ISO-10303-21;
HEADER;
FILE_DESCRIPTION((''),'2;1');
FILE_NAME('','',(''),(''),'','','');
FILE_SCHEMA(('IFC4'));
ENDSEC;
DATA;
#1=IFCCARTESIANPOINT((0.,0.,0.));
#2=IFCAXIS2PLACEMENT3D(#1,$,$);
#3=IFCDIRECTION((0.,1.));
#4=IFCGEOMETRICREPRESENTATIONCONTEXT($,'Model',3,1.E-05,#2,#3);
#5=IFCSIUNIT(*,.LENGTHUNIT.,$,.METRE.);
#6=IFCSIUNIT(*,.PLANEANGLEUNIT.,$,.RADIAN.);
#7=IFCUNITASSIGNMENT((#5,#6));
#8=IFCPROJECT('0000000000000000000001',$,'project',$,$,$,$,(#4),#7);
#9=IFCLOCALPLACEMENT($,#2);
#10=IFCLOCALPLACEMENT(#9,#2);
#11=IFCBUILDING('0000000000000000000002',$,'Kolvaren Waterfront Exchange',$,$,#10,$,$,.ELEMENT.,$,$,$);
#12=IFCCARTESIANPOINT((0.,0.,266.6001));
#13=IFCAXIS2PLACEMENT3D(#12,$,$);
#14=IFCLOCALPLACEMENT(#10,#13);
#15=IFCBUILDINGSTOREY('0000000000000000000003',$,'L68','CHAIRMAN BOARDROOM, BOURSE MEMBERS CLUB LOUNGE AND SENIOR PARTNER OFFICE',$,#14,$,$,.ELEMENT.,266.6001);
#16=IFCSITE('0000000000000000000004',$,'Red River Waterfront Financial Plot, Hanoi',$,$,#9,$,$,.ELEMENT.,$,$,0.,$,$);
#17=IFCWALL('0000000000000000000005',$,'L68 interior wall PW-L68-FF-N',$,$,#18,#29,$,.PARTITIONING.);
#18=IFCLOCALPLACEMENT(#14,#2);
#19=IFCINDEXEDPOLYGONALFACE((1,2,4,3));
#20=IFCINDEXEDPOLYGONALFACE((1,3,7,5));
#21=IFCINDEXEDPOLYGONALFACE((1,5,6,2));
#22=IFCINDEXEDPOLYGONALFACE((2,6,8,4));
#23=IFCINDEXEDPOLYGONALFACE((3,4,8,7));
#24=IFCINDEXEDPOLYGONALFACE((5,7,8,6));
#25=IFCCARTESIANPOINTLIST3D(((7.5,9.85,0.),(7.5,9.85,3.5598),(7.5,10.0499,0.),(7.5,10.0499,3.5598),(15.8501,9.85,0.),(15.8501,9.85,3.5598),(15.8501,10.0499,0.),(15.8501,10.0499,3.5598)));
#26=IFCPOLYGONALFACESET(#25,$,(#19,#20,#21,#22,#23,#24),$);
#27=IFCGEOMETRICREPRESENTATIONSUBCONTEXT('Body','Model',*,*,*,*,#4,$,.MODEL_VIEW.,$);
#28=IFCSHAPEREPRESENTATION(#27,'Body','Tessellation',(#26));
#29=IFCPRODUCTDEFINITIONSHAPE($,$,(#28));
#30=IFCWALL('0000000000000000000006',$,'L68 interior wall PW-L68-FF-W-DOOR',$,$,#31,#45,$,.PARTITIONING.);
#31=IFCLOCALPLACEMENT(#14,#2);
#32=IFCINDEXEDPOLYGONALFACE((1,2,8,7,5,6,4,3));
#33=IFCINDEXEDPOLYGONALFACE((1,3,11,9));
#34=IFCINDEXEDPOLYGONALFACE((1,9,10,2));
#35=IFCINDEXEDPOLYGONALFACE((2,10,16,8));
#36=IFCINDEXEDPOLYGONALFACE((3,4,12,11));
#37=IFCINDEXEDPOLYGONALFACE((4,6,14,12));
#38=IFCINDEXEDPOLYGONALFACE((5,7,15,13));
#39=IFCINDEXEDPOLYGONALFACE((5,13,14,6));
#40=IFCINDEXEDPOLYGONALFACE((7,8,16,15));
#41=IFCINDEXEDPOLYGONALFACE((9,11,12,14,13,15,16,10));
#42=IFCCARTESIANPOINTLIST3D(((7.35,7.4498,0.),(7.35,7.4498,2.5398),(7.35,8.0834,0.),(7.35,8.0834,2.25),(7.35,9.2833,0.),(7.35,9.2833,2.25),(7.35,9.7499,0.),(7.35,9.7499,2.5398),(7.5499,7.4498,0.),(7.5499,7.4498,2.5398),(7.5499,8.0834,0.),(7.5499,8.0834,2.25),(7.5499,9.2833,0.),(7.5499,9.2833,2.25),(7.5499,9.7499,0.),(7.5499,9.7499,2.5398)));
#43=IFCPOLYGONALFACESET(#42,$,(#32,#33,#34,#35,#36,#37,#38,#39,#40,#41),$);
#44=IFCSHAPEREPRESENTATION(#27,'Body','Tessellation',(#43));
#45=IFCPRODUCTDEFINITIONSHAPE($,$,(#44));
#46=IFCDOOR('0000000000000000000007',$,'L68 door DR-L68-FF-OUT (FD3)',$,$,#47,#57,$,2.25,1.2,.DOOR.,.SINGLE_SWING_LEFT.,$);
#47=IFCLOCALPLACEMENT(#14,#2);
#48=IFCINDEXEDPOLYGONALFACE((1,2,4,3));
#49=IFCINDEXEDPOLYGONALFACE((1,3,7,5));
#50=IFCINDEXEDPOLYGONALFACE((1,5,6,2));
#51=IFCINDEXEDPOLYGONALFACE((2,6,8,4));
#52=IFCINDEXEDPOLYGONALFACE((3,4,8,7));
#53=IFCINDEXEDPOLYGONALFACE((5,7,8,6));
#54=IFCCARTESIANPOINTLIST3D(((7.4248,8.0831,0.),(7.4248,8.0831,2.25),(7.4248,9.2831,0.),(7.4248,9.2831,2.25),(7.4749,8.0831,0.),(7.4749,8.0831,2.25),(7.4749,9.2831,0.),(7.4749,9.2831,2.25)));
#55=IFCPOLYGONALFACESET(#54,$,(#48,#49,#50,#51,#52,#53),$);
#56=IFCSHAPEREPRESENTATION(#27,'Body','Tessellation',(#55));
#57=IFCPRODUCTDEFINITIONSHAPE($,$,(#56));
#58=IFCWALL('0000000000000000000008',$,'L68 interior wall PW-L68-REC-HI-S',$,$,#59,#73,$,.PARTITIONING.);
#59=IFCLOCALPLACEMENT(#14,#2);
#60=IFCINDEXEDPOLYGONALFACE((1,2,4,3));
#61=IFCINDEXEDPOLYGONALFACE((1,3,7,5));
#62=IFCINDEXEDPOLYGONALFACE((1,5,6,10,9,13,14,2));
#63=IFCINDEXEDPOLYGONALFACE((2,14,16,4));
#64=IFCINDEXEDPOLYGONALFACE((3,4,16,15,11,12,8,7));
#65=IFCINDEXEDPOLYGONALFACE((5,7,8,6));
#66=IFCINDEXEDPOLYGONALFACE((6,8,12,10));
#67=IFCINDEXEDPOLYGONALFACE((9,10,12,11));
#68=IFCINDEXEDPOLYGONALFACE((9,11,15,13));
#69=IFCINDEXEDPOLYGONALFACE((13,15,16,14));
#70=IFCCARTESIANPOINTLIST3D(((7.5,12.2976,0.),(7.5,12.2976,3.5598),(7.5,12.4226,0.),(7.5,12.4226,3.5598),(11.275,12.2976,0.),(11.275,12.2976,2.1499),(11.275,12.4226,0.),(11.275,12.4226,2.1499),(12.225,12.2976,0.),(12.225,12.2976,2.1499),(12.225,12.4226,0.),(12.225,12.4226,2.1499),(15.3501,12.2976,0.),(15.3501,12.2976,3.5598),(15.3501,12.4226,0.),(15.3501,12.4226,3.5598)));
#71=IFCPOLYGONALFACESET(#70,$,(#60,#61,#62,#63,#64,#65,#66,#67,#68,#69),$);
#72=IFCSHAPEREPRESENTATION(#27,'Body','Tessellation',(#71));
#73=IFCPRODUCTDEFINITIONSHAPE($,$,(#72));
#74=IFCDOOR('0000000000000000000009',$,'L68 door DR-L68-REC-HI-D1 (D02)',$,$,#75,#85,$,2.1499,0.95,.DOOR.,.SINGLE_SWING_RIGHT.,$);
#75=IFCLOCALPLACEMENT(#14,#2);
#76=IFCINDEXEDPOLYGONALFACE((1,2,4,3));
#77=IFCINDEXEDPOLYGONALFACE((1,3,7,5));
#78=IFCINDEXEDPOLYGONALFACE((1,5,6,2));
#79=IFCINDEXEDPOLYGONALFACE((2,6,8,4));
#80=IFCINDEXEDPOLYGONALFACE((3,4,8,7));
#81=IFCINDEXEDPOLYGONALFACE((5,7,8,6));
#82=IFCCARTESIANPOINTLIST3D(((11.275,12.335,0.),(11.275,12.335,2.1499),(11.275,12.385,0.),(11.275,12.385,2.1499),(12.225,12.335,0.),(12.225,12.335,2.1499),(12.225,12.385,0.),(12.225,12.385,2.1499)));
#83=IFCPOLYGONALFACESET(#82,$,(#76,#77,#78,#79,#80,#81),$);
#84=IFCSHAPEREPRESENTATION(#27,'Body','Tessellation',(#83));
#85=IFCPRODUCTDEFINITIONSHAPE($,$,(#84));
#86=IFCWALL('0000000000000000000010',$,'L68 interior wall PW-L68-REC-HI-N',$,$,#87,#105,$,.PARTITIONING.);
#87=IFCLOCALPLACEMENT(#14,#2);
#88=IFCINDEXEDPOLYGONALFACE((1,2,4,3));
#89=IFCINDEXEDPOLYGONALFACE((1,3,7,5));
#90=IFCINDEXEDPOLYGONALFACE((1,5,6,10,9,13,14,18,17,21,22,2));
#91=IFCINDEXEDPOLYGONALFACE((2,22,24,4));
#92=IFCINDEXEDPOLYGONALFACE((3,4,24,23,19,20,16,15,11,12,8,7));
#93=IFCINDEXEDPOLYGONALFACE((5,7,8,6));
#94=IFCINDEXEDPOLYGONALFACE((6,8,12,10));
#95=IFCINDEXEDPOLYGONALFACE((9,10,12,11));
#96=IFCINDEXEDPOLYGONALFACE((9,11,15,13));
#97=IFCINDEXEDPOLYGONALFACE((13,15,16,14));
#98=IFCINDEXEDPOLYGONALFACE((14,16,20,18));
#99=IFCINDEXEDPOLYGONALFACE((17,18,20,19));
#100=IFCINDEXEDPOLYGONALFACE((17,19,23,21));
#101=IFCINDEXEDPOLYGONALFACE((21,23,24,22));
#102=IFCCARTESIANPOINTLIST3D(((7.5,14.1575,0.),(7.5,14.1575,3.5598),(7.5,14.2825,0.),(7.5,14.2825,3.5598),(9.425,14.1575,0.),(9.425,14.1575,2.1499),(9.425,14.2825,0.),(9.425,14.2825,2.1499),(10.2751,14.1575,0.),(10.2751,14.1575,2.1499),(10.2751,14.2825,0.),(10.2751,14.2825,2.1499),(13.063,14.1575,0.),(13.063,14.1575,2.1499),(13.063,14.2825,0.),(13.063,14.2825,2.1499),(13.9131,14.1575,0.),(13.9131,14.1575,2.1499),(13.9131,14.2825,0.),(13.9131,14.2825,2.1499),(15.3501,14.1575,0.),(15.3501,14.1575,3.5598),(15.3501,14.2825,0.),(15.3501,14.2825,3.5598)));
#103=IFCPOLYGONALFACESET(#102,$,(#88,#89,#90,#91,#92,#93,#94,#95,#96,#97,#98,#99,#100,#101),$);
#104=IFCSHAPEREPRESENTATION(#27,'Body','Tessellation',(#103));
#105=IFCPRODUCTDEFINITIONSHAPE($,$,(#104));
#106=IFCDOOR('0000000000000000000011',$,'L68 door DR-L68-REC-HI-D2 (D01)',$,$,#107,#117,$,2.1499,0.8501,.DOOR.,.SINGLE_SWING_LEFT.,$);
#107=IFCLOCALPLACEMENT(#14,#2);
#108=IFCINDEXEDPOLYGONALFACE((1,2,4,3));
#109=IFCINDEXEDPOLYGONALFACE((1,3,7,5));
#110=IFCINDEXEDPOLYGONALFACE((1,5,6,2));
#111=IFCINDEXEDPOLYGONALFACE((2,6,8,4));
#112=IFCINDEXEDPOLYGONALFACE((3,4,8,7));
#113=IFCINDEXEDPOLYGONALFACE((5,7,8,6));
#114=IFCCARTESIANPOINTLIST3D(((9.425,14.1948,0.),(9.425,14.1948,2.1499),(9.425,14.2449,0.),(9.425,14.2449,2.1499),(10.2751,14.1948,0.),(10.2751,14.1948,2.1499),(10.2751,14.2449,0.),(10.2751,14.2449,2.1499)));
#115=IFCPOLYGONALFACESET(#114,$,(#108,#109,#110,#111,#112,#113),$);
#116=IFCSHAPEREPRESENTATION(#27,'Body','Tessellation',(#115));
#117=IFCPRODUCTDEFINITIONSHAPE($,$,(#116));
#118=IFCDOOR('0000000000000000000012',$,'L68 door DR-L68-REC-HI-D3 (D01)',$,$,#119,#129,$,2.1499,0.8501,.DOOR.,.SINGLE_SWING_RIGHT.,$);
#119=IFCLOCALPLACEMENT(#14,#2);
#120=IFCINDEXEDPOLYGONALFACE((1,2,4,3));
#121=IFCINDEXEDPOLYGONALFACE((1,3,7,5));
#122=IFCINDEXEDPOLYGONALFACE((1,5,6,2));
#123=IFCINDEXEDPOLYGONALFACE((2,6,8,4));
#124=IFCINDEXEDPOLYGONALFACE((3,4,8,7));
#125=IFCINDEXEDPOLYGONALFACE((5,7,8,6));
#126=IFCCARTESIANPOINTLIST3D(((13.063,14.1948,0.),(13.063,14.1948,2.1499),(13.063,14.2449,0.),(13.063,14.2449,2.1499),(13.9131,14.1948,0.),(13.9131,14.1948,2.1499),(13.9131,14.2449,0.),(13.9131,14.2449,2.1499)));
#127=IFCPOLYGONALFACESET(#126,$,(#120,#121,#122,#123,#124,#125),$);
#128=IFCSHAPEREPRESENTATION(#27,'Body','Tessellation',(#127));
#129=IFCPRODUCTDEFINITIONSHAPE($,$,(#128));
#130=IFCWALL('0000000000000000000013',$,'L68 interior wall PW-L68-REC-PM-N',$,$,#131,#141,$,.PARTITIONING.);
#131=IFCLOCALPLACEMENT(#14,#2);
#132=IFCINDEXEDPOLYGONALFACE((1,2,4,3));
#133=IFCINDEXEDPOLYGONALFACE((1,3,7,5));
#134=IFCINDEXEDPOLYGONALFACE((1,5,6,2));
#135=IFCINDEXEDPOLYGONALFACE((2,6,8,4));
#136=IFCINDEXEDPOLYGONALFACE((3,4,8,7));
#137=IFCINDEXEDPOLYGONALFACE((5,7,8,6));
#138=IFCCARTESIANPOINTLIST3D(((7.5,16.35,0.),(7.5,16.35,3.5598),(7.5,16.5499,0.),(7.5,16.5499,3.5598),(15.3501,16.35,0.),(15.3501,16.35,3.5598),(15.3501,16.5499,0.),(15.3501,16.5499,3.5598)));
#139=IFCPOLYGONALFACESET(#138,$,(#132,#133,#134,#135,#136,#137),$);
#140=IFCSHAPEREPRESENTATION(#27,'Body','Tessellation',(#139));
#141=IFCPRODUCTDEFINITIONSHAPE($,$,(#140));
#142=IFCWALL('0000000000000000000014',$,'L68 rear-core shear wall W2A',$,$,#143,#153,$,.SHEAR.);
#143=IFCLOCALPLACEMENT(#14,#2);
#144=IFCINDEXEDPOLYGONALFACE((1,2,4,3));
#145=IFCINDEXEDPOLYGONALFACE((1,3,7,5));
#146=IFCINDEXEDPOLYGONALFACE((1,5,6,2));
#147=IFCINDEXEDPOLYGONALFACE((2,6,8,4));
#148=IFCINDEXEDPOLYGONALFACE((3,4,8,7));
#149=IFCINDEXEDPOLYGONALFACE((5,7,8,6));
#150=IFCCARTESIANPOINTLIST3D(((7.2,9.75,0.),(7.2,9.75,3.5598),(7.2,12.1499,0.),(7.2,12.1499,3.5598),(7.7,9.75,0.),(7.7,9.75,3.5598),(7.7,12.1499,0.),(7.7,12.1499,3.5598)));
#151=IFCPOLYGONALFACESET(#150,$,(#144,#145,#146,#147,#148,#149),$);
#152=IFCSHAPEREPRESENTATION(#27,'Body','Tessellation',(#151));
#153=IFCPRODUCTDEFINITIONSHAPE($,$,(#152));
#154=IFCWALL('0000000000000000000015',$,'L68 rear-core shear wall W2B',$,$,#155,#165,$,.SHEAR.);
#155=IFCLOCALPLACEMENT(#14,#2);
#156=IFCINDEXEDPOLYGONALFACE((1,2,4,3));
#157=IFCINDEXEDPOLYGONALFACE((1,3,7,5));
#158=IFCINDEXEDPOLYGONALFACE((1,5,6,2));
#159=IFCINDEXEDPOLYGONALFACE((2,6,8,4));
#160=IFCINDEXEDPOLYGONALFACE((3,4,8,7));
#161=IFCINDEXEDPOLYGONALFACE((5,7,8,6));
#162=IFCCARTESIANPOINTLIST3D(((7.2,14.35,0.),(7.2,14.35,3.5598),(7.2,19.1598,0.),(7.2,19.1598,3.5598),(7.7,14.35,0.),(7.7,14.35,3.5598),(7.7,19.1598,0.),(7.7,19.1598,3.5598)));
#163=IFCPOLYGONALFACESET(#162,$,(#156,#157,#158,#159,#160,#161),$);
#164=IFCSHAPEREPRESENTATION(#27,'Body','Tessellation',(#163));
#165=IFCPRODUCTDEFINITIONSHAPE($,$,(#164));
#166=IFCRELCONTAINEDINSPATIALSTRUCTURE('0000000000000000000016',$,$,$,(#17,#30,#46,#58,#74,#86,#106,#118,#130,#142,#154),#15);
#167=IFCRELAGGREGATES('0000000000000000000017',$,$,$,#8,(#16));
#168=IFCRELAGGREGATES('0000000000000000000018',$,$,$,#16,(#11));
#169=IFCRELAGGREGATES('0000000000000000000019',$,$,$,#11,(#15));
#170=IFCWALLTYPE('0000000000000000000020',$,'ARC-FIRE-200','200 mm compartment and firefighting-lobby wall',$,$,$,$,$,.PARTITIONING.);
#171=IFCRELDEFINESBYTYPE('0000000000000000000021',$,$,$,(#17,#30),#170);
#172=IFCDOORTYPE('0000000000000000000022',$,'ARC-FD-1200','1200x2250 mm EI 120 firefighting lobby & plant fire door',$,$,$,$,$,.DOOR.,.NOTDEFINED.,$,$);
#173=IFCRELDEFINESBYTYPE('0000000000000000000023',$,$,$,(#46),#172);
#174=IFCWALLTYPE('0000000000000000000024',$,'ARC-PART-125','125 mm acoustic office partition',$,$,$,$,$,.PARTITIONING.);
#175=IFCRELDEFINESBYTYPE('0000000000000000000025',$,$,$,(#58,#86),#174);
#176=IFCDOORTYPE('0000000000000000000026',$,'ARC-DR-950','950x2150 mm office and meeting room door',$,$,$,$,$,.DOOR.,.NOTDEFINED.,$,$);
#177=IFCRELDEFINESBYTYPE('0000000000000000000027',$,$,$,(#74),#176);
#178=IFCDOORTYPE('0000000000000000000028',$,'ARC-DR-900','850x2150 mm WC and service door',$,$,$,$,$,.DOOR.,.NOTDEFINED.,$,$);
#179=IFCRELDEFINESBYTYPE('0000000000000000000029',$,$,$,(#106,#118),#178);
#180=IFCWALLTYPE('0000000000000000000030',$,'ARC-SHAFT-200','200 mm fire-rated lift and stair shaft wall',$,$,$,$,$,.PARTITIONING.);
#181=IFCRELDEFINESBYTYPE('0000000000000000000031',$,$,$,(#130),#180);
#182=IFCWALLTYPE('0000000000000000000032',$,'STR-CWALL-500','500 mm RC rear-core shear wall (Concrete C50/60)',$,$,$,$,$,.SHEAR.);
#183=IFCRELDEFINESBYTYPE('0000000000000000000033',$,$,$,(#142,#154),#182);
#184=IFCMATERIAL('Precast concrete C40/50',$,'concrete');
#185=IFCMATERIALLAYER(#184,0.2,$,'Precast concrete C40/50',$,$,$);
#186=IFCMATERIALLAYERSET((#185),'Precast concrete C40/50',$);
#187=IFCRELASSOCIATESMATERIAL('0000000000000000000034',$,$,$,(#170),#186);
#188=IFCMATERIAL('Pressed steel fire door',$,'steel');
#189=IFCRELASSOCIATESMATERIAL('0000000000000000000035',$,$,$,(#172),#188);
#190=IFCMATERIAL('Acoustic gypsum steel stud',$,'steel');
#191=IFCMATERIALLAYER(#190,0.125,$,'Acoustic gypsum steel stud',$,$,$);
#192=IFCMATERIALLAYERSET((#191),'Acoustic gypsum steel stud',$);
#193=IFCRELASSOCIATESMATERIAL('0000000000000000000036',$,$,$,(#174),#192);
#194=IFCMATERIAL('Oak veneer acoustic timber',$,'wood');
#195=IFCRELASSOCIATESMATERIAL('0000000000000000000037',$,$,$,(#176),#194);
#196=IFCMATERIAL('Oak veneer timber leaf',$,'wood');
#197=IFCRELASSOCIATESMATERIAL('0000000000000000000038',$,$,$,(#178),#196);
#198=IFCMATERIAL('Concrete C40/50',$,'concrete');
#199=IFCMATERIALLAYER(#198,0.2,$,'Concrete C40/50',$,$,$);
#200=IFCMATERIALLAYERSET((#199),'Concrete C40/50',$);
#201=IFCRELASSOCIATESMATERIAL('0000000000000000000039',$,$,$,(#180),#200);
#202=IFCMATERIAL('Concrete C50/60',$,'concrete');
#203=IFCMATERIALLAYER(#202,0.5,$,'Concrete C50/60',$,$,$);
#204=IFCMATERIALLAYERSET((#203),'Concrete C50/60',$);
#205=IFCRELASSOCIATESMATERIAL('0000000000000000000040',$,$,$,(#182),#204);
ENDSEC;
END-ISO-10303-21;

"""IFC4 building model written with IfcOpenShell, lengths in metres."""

from ifc_helpers import new_model, si_unit, direction, frame, frame_2d, origin, place, context, subcontext, project, spatial, rectangle, extrude, material, layer, layer_set, type_object, element, fill, save


model = new_model("IFC4")

# Units and contexts
model_context = context("Model", 3, precision=1e-05, world=origin(), true_north=direction((0.0, 1.0)))
body_context = subcontext(model_context, "Body", "Model", "MODEL_VIEW")
ifc_project = project(units=[si_unit("LENGTHUNIT", "METRE"), si_unit("PLANEANGLEUNIT", "RADIAN")], contexts=[model_context])

# Site, building, storey
site_placement = place(None, origin())
site = spatial("IfcSite", under=ifc_project, at=site_placement, Name="Red River Waterfront Financial Plot, Hanoi", CompositionType="ELEMENT", RefElevation=0.0)
building_placement = place(site_placement, origin())
building = spatial("IfcBuilding", under=site, at=building_placement, Name="Kolvaren Waterfront Exchange", CompositionType="ELEMENT")
storey_placement = place(building_placement, frame((0.0, 0.0, 266.6001)))
storey = spatial("IfcBuildingStorey", under=building, at=storey_placement, Name="L68", Description="CHAIRMAN BOARDROOM, BOURSE MEMBERS CLUB LOUNGE AND SENIOR PARTNER OFFICE", CompositionType="ELEMENT", Elevation=266.6001)

# Wall
ifc_material_1 = material(Name="Precast concrete C40/50", Category="concrete")
ifc_layer_1 = layer(ifc_material_1, 0.2, Name="Precast concrete C40/50")
ifc_layer_set_1 = layer_set([ifc_layer_1], Name="Precast concrete C40/50")
wall_type_1 = type_object("IfcWallType", Name="ARC-FIRE-200", Description="200 mm compartment and firefighting-lobby wall", PredefinedType="PARTITIONING", material=ifc_layer_set_1)
wall_1_placement = place(storey_placement, frame((7.5, 9.95, 0.0), z_axis=(0.0, 0.0, 1.0), x_axis=(1.0, 0.0, 0.0)))
element("IfcWall", 1, at=wall_1_placement, inside=storey, type_object=wall_type_1, Name="L68 interior wall PW-L68-FF-N", PredefinedType="PARTITIONING", context=body_context, shape_type="SweptSolid", body=[
    extrude(rectangle(XDim=8.3501, YDim=0.2, at=frame_2d((4.175, 0.0))), origin(), (0.0, 0.0, 1.0), 3.5598),
])

# Walls, openings, doors
wall_2_placement = place(storey_placement, frame((7.45, 7.45, 0.0), z_axis=(0.0, 0.0, 1.0), x_axis=(0.0, 1.0, 0.0)))
wall_2 = element("IfcWall", 2, at=wall_2_placement, inside=storey, type_object=wall_type_1, Name="L68 interior wall PW-L68-FF-W-DOOR", PredefinedType="PARTITIONING", context=body_context, shape_type="SweptSolid", body=[
    extrude(rectangle(XDim=2.3, YDim=0.2, at=frame_2d((1.1499, 0.0))), origin(), (0.0, 0.0, 1.0), 2.5398),
])
opening_1_placement = place(wall_2_placement, frame((0.6333, 0.0, 0.0)))
opening_1 = element("IfcOpeningElement", 3, at=opening_1_placement, cuts=wall_2, PredefinedType="OPENING", context=body_context, shape_type="SweptSolid", body=[
    extrude(rectangle(XDim=1.2, YDim=2.25, at=frame_2d((0.6001, 1.125))), frame((0.0, 0.1099, 0.0), z_axis=(0.0, -1.0, 0.0), x_axis=(1.0, 0.0, 0.0)), (0.0, 0.0, 1.0), 0.22),
])
ifc_material_2 = material(Name="Pressed steel fire door", Category="steel")
door_type_1 = type_object("IfcDoorType", Name="ARC-FD-1200", Description="1200x2250 mm EI 120 firefighting lobby & plant fire door", OperationType="NOTDEFINED", PredefinedType="DOOR", material=ifc_material_2)
door_1_placement = place(opening_1_placement, frame((1.2, 0.0, 0.0), z_axis=(0.0, 0.0, 1.0), x_axis=(-1.0, 0.0, 0.0)))
door_1 = element("IfcDoor", 4, at=door_1_placement, inside=storey, type_object=door_type_1, Name="L68 door DR-L68-FF-OUT (FD3)", OperationType="SINGLE_SWING_LEFT", OverallHeight=2.25, OverallWidth=1.2, PredefinedType="DOOR", context=body_context, shape_type="SweptSolid", body=[
    extrude(rectangle(XDim=1.2, YDim=2.25, at=frame_2d((0.6001, 1.125))), frame((0.0, 0.0249, 0.0), z_axis=(0.0, -1.0, 0.0), x_axis=(1.0, 0.0, 0.0)), (0.0, 0.0, 1.0), 0.05),
])
fill(opening_1, door_1)
ifc_material_3 = material(Name="Acoustic gypsum steel stud", Category="steel")
ifc_layer_2 = layer(ifc_material_3, 0.125, Name="Acoustic gypsum steel stud")
ifc_layer_set_2 = layer_set([ifc_layer_2], Name="Acoustic gypsum steel stud")
wall_type_2 = type_object("IfcWallType", Name="ARC-PART-125", Description="125 mm acoustic office partition", PredefinedType="PARTITIONING", material=ifc_layer_set_2)
wall_3_placement = place(storey_placement, frame((7.5, 12.3601, 0.0), z_axis=(0.0, 0.0, 1.0), x_axis=(1.0, 0.0, 0.0)))
wall_3 = element("IfcWall", 5, at=wall_3_placement, inside=storey, type_object=wall_type_2, Name="L68 interior wall PW-L68-REC-HI-S", PredefinedType="PARTITIONING", context=body_context, shape_type="SweptSolid", body=[
    extrude(rectangle(XDim=7.8501, YDim=0.125, at=frame_2d((3.925, 0.0))), origin(), (0.0, 0.0, 1.0), 3.5598),
])
opening_2_placement = place(wall_3_placement, frame((3.7749, 0.0, 0.0)))
opening_2 = element("IfcOpeningElement", 6, at=opening_2_placement, cuts=wall_3, PredefinedType="OPENING", context=body_context, shape_type="SweptSolid", body=[
    extrude(rectangle(XDim=0.95, YDim=2.1499, at=frame_2d((0.4751, 1.075))), frame((0.0, 0.0725, 0.0), z_axis=(0.0, -1.0, 0.0), x_axis=(1.0, 0.0, 0.0)), (0.0, 0.0, 1.0), 0.145),
])
ifc_material_4 = material(Name="Oak veneer acoustic timber", Category="wood")
door_type_2 = type_object("IfcDoorType", Name="ARC-DR-950", Description="950x2150 mm office and meeting room door", OperationType="NOTDEFINED", PredefinedType="DOOR", material=ifc_material_4)
door_2_placement = place(opening_2_placement, origin())
door_2 = element("IfcDoor", 7, at=door_2_placement, inside=storey, type_object=door_type_2, Name="L68 door DR-L68-REC-HI-D1 (D02)", OperationType="SINGLE_SWING_RIGHT", OverallHeight=2.1499, OverallWidth=0.95, PredefinedType="DOOR", context=body_context, shape_type="SweptSolid", body=[
    extrude(rectangle(XDim=0.95, YDim=2.1499, at=frame_2d((0.4751, 1.075))), frame((0.0, 0.0249, 0.0), z_axis=(0.0, -1.0, 0.0), x_axis=(1.0, 0.0, 0.0)), (0.0, 0.0, 1.0), 0.05),
])
fill(opening_2, door_2)

# Wall, openings, doors
wall_4_placement = place(storey_placement, frame((7.5, 14.22, 0.0), z_axis=(0.0, 0.0, 1.0), x_axis=(1.0, 0.0, 0.0)))
wall_4 = element("IfcWall", 8, at=wall_4_placement, inside=storey, type_object=wall_type_2, Name="L68 interior wall PW-L68-REC-HI-N", PredefinedType="PARTITIONING", context=body_context, shape_type="SweptSolid", body=[
    extrude(rectangle(XDim=7.8501, YDim=0.125, at=frame_2d((3.925, 0.0))), origin(), (0.0, 0.0, 1.0), 3.5598),
])
opening_3_placement = place(wall_4_placement, frame((1.925, 0.0, 0.0)))
opening_3 = element("IfcOpeningElement", 9, at=opening_3_placement, cuts=wall_4, PredefinedType="OPENING", context=body_context, shape_type="SweptSolid", body=[
    extrude(rectangle(XDim=0.8501, YDim=2.1499, at=frame_2d((0.425, 1.075))), frame((0.0, 0.0725, 0.0), z_axis=(0.0, -1.0, 0.0), x_axis=(1.0, 0.0, 0.0)), (0.0, 0.0, 1.0), 0.145),
])
opening_4_placement = place(wall_4_placement, frame((5.563, 0.0, 0.0)))
opening_4 = element("IfcOpeningElement", 10, at=opening_4_placement, cuts=wall_4, PredefinedType="OPENING", context=body_context, shape_type="SweptSolid", body=[
    extrude(rectangle(XDim=0.8501, YDim=2.1499, at=frame_2d((0.425, 1.075))), frame((0.0, 0.0725, 0.0), z_axis=(0.0, -1.0, 0.0), x_axis=(1.0, 0.0, 0.0)), (0.0, 0.0, 1.0), 0.145),
])
ifc_material_5 = material(Name="Oak veneer timber leaf", Category="wood")
door_type_3 = type_object("IfcDoorType", Name="ARC-DR-900", Description="850x2150 mm WC and service door", OperationType="NOTDEFINED", PredefinedType="DOOR", material=ifc_material_5)
door_3_placement = place(opening_3_placement, origin())
door_3 = element("IfcDoor", 11, at=door_3_placement, inside=storey, type_object=door_type_3, Name="L68 door DR-L68-REC-HI-D2 (D01)", OperationType="SINGLE_SWING_LEFT", OverallHeight=2.1499, OverallWidth=0.8501, PredefinedType="DOOR", context=body_context, shape_type="SweptSolid", body=[
    extrude(rectangle(XDim=0.8501, YDim=2.1499, at=frame_2d((0.425, 1.075))), frame((0.0, 0.0249, 0.0), z_axis=(0.0, -1.0, 0.0), x_axis=(1.0, 0.0, 0.0)), (0.0, 0.0, 1.0), 0.05),
])
fill(opening_3, door_3)
door_4_placement = place(opening_4_placement, origin())
door_4 = element("IfcDoor", 12, at=door_4_placement, inside=storey, type_object=door_type_3, Name="L68 door DR-L68-REC-HI-D3 (D01)", OperationType="SINGLE_SWING_RIGHT", OverallHeight=2.1499, OverallWidth=0.8501, PredefinedType="DOOR", context=body_context, shape_type="SweptSolid", body=[
    extrude(rectangle(XDim=0.8501, YDim=2.1499, at=frame_2d((0.425, 1.075))), frame((0.0, 0.0249, 0.0), z_axis=(0.0, -1.0, 0.0), x_axis=(1.0, 0.0, 0.0)), (0.0, 0.0, 1.0), 0.05),
])
fill(opening_4, door_4)

# Walls
ifc_material_6 = material(Name="Concrete C40/50", Category="concrete")
ifc_layer_3 = layer(ifc_material_6, 0.2, Name="Concrete C40/50")
ifc_layer_set_3 = layer_set([ifc_layer_3], Name="Concrete C40/50")
wall_type_3 = type_object("IfcWallType", Name="ARC-SHAFT-200", Description="200 mm fire-rated lift and stair shaft wall", PredefinedType="PARTITIONING", material=ifc_layer_set_3)
wall_5_placement = place(storey_placement, frame((7.5, 16.45, 0.0), z_axis=(0.0, 0.0, 1.0), x_axis=(1.0, 0.0, 0.0)))
element("IfcWall", 13, at=wall_5_placement, inside=storey, type_object=wall_type_3, Name="L68 interior wall PW-L68-REC-PM-N", PredefinedType="PARTITIONING", context=body_context, shape_type="SweptSolid", body=[
    extrude(rectangle(XDim=7.8501, YDim=0.2, at=frame_2d((3.925, 0.0))), origin(), (0.0, 0.0, 1.0), 3.5598),
])
ifc_material_7 = material(Name="Concrete C50/60", Category="concrete")
ifc_layer_4 = layer(ifc_material_7, 0.5, Name="Concrete C50/60")
ifc_layer_set_4 = layer_set([ifc_layer_4], Name="Concrete C50/60")
wall_type_4 = type_object("IfcWallType", Name="STR-CWALL-500", Description="500 mm RC rear-core shear wall (Concrete C50/60)", PredefinedType="SHEAR", material=ifc_layer_set_4)
wall_6_placement = place(storey_placement, frame((7.45, 9.75, 0.0), z_axis=(0.0, 0.0, 1.0), x_axis=(0.0, 1.0, 0.0)))
element("IfcWall", 14, at=wall_6_placement, inside=storey, type_object=wall_type_4, Name="L68 rear-core shear wall W2A", PredefinedType="SHEAR", context=body_context, shape_type="SweptSolid", body=[
    extrude(rectangle(XDim=2.3999, YDim=0.5, at=frame_2d((1.2, 0.0))), origin(), (0.0, 0.0, 1.0), 3.5598),
])
wall_7_placement = place(storey_placement, frame((7.45, 14.3501, 0.0), z_axis=(0.0, 0.0, 1.0), x_axis=(0.0, 1.0, 0.0)))
element("IfcWall", 15, at=wall_7_placement, inside=storey, type_object=wall_type_4, Name="L68 rear-core shear wall W2B", PredefinedType="SHEAR", context=body_context, shape_type="SweptSolid", body=[
    extrude(rectangle(XDim=4.8098, YDim=0.5, at=frame_2d((2.4048, 0.0))), origin(), (0.0, 0.0, 1.0), 3.5598),
])

save(model, "model.ifc")
